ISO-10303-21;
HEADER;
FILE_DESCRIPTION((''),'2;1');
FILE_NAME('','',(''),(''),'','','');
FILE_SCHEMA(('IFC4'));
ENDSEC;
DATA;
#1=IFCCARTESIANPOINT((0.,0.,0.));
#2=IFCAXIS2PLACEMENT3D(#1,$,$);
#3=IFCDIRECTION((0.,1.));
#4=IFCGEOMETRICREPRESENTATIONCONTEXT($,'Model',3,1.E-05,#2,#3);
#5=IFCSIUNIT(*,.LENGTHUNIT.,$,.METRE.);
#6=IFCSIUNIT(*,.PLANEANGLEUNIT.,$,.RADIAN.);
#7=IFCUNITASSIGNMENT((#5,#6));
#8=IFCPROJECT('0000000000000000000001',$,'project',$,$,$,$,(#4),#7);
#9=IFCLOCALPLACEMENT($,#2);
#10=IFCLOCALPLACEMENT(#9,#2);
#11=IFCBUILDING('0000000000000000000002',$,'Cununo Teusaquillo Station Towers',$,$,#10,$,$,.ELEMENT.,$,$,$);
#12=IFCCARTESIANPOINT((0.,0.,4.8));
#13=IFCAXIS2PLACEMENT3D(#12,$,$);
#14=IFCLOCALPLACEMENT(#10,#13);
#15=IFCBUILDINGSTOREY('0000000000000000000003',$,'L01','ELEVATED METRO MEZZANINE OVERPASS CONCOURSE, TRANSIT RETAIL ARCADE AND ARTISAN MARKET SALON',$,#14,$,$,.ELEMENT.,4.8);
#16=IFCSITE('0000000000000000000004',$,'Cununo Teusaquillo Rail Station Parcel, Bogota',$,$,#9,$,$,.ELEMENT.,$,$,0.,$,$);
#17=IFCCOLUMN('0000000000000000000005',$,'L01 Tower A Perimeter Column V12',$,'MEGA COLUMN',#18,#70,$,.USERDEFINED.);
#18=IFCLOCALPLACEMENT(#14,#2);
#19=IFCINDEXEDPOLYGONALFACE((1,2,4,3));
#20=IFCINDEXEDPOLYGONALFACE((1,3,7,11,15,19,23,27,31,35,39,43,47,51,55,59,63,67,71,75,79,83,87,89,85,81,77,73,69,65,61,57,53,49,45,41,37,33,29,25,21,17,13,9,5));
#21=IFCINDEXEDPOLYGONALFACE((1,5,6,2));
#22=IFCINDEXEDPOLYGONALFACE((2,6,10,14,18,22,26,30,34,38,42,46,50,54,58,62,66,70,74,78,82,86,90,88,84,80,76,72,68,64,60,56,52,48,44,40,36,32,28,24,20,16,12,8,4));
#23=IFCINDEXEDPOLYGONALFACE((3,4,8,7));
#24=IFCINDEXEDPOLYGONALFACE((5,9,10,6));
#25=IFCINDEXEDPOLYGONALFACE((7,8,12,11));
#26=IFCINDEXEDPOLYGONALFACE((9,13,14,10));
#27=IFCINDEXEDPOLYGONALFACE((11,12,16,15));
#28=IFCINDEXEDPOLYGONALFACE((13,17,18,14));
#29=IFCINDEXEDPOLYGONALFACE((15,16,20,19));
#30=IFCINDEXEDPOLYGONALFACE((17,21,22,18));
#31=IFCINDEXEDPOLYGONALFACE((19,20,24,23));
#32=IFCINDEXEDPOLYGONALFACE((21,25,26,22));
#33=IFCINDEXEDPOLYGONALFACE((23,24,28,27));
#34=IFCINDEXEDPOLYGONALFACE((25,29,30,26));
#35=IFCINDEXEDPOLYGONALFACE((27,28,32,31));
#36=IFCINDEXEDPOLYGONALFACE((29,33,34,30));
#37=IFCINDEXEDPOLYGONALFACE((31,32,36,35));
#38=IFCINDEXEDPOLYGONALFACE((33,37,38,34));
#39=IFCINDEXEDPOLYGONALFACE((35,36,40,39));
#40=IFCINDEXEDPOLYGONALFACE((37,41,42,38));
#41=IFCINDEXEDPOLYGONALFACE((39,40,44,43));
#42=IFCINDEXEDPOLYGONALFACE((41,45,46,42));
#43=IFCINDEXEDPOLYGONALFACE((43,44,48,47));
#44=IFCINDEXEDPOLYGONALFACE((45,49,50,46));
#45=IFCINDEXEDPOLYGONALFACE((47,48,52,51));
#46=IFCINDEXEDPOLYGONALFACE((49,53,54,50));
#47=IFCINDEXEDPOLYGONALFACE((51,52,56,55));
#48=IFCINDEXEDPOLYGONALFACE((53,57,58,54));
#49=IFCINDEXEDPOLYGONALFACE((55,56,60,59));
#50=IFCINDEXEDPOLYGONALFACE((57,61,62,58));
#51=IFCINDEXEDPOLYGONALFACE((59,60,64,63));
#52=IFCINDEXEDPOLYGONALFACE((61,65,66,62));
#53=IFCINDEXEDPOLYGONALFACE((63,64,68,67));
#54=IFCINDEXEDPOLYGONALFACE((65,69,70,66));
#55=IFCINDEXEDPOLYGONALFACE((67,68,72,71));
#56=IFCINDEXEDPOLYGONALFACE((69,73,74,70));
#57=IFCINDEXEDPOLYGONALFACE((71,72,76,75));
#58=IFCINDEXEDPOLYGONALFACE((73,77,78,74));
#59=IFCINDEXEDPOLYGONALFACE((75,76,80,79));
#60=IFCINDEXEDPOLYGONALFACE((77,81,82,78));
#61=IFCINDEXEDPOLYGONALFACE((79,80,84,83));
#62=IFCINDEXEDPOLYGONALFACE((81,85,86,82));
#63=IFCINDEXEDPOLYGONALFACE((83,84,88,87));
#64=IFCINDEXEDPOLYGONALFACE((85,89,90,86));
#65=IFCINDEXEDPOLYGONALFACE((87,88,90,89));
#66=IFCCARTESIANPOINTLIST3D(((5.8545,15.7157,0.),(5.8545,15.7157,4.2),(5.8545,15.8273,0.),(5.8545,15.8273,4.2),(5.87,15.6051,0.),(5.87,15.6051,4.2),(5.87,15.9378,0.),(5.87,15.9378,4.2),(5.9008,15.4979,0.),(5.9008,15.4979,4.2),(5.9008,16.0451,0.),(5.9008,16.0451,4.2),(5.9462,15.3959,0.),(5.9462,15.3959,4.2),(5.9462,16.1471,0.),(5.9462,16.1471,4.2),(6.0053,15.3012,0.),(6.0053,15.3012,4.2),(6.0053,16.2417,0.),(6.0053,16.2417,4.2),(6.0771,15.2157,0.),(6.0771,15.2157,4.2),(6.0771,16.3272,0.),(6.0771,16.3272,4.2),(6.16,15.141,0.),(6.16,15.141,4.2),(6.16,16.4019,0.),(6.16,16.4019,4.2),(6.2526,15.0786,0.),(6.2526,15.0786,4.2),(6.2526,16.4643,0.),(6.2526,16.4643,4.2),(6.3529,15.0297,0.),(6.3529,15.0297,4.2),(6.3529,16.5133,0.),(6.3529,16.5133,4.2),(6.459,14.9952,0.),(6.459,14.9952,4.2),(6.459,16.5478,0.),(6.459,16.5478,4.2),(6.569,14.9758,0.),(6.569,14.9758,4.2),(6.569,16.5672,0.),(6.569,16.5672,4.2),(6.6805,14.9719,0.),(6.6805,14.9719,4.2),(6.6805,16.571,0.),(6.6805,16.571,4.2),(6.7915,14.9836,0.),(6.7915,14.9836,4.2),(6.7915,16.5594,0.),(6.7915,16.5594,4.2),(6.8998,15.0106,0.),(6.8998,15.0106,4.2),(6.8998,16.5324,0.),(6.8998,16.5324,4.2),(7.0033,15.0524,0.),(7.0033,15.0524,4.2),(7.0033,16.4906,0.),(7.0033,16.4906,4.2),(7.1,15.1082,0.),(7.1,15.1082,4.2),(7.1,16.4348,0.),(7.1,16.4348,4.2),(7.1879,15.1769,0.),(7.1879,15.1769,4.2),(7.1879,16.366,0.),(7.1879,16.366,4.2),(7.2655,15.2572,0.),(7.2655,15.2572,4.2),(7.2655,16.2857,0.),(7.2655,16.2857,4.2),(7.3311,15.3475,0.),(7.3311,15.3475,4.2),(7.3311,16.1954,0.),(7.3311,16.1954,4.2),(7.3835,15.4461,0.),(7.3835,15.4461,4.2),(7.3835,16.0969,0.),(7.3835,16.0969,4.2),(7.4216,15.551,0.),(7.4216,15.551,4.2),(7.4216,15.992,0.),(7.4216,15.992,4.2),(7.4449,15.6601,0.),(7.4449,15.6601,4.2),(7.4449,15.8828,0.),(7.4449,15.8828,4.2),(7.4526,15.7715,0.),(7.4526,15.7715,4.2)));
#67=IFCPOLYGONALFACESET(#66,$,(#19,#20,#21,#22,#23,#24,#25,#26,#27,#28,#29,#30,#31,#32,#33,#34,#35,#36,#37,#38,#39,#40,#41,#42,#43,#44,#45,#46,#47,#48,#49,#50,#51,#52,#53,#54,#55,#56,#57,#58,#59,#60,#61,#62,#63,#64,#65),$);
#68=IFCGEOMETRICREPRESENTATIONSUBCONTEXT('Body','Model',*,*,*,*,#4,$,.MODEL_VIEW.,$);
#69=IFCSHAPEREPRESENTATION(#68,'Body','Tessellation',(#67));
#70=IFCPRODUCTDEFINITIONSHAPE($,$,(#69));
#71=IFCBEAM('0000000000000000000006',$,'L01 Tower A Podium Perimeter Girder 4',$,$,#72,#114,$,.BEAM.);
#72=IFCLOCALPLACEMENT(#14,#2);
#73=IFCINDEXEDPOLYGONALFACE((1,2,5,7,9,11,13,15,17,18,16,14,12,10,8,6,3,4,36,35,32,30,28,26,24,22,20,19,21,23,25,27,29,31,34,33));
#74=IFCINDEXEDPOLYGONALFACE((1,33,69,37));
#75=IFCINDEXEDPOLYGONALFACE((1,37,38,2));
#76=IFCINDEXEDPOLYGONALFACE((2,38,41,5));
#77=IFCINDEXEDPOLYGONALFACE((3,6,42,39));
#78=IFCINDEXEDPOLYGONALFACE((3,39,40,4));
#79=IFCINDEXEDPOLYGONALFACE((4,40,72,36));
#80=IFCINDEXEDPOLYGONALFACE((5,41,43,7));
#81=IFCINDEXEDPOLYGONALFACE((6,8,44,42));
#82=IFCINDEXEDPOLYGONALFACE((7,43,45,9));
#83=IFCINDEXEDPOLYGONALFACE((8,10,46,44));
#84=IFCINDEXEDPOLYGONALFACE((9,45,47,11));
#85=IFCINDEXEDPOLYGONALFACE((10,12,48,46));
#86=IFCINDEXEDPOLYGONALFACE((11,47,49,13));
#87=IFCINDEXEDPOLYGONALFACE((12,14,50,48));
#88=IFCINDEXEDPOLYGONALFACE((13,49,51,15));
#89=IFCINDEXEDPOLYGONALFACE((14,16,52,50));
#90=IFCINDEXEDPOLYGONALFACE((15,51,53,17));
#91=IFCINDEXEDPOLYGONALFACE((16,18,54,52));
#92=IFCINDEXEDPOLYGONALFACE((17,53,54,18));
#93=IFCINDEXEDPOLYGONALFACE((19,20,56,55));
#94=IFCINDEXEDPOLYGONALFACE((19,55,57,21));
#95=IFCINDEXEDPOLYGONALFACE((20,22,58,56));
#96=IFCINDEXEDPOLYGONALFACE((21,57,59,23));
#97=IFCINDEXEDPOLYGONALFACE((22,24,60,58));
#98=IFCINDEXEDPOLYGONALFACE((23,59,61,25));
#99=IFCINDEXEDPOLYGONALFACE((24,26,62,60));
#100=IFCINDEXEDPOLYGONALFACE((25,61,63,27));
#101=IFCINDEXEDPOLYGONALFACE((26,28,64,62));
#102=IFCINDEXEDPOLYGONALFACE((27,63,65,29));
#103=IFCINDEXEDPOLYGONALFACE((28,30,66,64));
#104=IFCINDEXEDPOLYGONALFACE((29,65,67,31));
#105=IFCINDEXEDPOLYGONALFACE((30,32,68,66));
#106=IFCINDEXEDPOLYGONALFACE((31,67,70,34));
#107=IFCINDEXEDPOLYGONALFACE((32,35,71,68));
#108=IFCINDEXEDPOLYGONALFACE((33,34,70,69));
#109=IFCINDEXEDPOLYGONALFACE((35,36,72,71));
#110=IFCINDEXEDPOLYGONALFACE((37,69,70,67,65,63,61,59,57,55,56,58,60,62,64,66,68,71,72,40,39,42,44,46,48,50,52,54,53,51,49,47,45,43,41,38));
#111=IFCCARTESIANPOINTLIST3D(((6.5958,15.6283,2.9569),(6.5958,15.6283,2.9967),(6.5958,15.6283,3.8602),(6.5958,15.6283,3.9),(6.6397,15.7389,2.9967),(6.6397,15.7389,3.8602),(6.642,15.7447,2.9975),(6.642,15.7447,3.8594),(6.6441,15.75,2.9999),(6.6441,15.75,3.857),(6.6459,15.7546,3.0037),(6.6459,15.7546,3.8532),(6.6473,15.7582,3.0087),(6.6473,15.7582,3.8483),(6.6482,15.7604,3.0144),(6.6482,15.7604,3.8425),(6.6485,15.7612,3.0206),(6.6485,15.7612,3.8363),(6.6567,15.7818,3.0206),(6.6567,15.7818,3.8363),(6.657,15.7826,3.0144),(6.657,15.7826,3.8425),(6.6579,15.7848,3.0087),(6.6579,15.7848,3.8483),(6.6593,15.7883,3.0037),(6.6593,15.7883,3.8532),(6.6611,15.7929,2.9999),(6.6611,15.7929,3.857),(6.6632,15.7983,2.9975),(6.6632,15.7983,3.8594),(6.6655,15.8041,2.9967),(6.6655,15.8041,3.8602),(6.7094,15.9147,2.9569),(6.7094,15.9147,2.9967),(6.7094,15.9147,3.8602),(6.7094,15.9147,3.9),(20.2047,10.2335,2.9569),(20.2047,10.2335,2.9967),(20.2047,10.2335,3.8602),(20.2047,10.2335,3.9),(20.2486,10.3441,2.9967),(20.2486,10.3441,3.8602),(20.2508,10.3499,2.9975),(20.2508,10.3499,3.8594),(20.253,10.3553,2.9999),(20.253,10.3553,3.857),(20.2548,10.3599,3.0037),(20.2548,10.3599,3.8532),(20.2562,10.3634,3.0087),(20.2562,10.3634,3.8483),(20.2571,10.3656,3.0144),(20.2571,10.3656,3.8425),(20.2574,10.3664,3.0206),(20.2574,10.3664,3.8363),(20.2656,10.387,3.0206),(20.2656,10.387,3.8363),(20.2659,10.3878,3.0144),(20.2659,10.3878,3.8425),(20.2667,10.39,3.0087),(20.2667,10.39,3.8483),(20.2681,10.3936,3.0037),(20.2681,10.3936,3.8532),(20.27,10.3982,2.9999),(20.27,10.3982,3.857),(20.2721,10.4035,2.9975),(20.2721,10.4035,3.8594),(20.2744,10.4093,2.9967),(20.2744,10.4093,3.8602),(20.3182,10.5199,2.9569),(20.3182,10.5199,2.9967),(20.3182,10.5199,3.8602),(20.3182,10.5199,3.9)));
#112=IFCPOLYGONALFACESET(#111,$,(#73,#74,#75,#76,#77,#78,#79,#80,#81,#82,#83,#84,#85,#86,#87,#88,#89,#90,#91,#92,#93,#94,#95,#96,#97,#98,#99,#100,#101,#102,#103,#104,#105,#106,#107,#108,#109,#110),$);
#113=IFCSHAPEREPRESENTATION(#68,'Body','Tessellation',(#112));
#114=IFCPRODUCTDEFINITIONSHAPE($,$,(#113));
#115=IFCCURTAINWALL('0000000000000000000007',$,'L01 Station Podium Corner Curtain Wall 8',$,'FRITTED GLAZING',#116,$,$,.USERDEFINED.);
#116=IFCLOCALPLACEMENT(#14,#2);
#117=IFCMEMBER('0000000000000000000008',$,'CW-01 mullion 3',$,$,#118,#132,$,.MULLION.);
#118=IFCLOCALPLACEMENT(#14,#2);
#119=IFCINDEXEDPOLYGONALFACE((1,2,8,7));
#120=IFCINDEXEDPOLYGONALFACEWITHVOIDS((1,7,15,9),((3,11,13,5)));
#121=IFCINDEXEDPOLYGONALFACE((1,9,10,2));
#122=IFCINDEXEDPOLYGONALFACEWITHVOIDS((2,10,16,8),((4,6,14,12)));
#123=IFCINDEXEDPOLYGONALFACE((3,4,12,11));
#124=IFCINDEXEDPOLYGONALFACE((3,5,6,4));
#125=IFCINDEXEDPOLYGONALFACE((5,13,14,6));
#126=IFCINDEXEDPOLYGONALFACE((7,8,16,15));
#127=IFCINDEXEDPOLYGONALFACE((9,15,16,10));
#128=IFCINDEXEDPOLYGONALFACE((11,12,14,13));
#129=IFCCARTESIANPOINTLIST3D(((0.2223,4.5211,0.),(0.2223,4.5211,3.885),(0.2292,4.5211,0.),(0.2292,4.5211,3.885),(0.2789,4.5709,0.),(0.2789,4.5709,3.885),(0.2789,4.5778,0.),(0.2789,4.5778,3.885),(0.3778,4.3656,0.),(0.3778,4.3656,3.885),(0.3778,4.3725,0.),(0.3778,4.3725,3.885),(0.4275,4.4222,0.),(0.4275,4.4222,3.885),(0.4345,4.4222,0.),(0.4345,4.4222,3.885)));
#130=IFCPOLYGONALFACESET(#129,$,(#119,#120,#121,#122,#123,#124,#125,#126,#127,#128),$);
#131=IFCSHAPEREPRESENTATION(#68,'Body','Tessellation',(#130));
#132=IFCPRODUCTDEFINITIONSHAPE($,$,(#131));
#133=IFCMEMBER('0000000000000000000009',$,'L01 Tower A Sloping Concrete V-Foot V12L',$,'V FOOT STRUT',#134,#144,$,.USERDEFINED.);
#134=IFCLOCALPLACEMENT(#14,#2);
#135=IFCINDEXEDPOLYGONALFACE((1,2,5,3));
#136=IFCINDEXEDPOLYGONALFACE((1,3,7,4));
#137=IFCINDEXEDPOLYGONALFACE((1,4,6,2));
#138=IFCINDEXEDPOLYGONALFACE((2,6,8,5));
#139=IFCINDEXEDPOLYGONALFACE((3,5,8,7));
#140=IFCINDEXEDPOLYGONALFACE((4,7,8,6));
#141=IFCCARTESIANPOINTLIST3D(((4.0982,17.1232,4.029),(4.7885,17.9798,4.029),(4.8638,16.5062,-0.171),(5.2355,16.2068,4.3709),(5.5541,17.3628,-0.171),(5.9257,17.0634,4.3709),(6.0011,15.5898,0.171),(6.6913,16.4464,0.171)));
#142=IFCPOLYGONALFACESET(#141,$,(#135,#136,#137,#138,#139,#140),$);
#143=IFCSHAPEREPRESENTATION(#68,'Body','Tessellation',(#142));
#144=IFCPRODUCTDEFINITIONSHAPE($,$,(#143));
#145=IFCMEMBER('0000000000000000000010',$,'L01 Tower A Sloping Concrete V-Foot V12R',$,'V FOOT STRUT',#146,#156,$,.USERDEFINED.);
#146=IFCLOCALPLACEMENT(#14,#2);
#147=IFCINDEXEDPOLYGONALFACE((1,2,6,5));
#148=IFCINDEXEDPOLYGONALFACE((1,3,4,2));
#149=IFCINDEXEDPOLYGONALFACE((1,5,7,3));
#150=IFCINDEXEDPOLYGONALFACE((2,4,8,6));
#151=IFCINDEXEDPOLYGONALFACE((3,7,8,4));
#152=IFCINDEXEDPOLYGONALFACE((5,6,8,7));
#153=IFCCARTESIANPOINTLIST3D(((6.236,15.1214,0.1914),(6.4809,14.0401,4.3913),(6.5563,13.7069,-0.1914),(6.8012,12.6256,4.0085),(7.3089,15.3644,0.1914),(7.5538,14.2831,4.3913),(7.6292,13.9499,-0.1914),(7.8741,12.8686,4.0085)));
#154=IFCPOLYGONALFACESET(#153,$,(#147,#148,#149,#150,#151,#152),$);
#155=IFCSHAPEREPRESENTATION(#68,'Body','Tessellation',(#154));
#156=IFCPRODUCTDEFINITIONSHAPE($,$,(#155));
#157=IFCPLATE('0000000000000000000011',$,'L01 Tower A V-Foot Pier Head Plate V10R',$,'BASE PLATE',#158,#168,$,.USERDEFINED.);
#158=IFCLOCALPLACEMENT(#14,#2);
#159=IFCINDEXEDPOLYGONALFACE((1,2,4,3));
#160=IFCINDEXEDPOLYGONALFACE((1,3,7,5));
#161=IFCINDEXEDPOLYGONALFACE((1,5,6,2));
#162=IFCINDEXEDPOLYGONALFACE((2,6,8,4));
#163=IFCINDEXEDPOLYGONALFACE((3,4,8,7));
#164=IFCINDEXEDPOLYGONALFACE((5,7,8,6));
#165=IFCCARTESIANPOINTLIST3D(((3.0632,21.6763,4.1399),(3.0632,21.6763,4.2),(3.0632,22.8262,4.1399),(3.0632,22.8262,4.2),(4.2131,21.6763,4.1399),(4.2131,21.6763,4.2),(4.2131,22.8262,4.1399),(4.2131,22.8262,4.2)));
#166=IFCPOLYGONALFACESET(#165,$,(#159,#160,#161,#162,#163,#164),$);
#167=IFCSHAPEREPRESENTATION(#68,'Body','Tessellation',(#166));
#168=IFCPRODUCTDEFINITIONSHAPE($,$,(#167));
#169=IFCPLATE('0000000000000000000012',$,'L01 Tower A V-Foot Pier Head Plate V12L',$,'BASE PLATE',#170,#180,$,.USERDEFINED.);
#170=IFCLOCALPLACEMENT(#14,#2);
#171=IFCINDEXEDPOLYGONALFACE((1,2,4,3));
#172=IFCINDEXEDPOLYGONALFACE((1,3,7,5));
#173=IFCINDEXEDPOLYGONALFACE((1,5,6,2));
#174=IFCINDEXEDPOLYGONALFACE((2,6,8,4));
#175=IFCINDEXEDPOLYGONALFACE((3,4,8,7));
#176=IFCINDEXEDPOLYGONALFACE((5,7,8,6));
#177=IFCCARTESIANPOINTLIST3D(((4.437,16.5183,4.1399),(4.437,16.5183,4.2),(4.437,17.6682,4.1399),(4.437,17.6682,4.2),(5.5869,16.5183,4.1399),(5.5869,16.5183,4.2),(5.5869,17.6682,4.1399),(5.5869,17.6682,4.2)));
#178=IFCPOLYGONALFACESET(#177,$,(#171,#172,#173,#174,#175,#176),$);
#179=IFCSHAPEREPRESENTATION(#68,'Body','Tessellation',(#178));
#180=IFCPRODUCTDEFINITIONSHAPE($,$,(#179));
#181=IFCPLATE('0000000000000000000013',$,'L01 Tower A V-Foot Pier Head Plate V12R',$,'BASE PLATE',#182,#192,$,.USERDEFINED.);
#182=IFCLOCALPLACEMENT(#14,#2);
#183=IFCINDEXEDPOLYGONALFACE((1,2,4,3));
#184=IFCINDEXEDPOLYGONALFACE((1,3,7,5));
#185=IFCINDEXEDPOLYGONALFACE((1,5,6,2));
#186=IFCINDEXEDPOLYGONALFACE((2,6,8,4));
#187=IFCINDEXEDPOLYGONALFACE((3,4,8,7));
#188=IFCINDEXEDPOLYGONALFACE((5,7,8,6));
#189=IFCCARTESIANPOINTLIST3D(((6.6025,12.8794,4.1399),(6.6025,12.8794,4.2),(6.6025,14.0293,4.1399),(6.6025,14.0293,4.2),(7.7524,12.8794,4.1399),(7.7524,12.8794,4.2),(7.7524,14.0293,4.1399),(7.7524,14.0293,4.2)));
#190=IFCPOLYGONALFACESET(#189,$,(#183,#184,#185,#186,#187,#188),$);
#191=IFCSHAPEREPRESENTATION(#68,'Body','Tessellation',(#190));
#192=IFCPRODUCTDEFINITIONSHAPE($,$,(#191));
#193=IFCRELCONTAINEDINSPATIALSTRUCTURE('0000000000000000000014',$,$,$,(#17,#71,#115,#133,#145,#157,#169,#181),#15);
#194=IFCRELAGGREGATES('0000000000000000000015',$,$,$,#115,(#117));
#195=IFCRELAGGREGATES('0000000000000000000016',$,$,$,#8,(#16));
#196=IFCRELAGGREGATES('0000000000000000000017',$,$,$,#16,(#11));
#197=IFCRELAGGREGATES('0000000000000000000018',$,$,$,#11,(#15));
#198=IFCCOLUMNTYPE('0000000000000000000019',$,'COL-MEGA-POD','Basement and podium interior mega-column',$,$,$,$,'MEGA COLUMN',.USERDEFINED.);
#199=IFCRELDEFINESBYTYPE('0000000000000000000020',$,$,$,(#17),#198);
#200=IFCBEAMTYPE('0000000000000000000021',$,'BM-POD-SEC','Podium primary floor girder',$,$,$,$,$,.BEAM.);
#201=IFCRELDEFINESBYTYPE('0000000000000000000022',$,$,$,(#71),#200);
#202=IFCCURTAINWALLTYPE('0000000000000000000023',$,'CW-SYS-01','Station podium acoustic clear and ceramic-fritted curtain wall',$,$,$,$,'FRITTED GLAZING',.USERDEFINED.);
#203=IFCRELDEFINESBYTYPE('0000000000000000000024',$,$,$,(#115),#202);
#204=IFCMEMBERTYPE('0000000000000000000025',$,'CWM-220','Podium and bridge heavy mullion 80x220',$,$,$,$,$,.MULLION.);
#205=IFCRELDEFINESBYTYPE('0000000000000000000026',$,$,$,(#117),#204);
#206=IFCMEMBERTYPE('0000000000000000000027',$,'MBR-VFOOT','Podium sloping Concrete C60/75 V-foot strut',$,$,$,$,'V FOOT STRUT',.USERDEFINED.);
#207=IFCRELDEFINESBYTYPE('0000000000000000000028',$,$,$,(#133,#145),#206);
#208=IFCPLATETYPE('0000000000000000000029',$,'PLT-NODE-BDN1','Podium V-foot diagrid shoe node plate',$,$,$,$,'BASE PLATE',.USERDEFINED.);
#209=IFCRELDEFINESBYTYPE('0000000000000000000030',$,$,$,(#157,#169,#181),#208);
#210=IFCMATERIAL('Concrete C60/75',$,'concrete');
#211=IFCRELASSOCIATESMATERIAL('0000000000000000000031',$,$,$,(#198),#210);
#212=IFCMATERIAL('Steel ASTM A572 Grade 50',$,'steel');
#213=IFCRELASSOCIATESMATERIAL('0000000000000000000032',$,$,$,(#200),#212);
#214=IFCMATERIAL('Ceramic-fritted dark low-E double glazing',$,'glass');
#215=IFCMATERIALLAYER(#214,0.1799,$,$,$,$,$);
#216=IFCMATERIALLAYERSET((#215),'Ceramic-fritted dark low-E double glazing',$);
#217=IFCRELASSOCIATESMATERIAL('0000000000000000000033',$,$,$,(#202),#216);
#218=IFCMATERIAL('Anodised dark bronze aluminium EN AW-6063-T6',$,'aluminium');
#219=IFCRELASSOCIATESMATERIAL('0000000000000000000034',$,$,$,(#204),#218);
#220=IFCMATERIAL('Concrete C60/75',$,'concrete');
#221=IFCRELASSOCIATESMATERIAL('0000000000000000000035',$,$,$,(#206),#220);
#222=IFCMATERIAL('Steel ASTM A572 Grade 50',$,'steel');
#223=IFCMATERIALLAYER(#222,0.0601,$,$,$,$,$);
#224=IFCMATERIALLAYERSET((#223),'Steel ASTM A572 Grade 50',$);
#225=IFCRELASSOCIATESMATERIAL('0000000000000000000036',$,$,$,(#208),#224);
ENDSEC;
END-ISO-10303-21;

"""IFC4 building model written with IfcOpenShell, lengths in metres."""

from ifc_helpers import new_model, si_unit, direction, frame, origin, origin_2d, place, context, subcontext, project, spatial, rectangle, hollow_rectangle, circle, i_section, extrude, source, transform, mapped, material, layer, layer_set, material_profile, profile_set, type_object, element, aggregate, save


model = new_model("IFC4")

# Units and contexts
model_context = context("Model", 3, precision=1e-05, world=origin(), true_north=direction((0.0, 1.0)))
body_context = subcontext(model_context, "Body", "Model", "MODEL_VIEW")
ifc_project = project(units=[si_unit("LENGTHUNIT", "METRE"), si_unit("PLANEANGLEUNIT", "RADIAN")], contexts=[model_context])

# Site, building, storey
site_placement = place(None, origin())
site = spatial("IfcSite", under=ifc_project, at=site_placement, Name="Cununo Teusaquillo Rail Station Parcel, Bogota", CompositionType="ELEMENT", RefElevation=0.0)
building_placement = place(site_placement, origin())
building = spatial("IfcBuilding", under=site, at=building_placement, Name="Cununo Teusaquillo Station Towers", CompositionType="ELEMENT")
storey_placement = place(building_placement, frame((0.0, 0.0, 4.8)))
storey = spatial("IfcBuildingStorey", under=building, at=storey_placement, Name="L01", Description="ELEVATED METRO MEZZANINE OVERPASS CONCOURSE, TRANSIT RETAIL ARCADE AND ARTISAN MARKET SALON", CompositionType="ELEMENT", Elevation=4.8)

# Column
ifc_material_1 = material(Name="Concrete C60/75", Category="concrete")
ifc_material_profile_1 = material_profile(ifc_material_1, circle(Radius=0.8, at=origin_2d()), Name="RC-CIRC-1600")
ifc_profile_set_1 = profile_set([ifc_material_profile_1], Name="Concrete C60/75")
column_type = type_object("IfcColumnType", Name="COL-MEGA-POD", Description="Basement and podium interior mega-column", ElementType="MEGA COLUMN", PredefinedType="USERDEFINED", material=ifc_profile_set_1)
column_placement = place(storey_placement, frame((6.6526, 15.7715, 0.0), z_axis=(0.0, 0.0, 1.0), x_axis=(1.0, 0.0, 0.0)))
element("IfcColumn", 1, at=column_placement, inside=storey, type_object=column_type, Name="L01 Tower A Perimeter Column V12", ObjectType="MEGA COLUMN", PredefinedType="USERDEFINED", context=body_context, shape_type="SweptSolid", body=[
    extrude(circle(Radius=0.8, at=origin_2d()), origin(), (0.0, 0.0, 1.0), 4.2),
])

# Beam
ifc_material_2 = material(Name="Steel ASTM A572 Grade 50", Category="steel")
ifc_material_profile_2 = material_profile(ifc_material_2, i_section(OverallWidth=0.3081, OverallDepth=0.9431, WebThickness=0.0222, FlangeThickness=0.0398, FilletRadius=0.0239, at=origin_2d()), Name="W36X232")
ifc_profile_set_2 = profile_set([ifc_material_profile_2], Name="Steel ASTM A572 Grade 50")
beam_type = type_object("IfcBeamType", Name="BM-POD-SEC", Description="Podium primary floor girder", PredefinedType="BEAM", material=ifc_profile_set_2)
beam_placement = place(storey_placement, frame((6.6526, 15.7715, 3.4285), z_axis=(0.929621, -0.368516, 0.0), x_axis=(0.368516, 0.929621, 0.0)))
element("IfcBeam", 2, at=beam_placement, inside=storey, type_object=beam_type, Name="L01 Tower A Podium Perimeter Girder 4", PredefinedType="BEAM", context=body_context, shape_type="SweptSolid", body=[
    extrude(i_section(OverallWidth=0.3081, OverallDepth=0.9431, WebThickness=0.0222, FlangeThickness=0.0398, FilletRadius=0.0239, at=origin_2d()), origin(), (0.0, 0.0, 1.0), 14.6392),
])

# Curtain wall, member
ifc_material_3 = material(Name="Ceramic-fritted dark low-E double glazing", Category="glass")
ifc_layer_1 = layer(ifc_material_3, 0.1799)
ifc_layer_set_1 = layer_set([ifc_layer_1], Name="Ceramic-fritted dark low-E double glazing")
curtain_wall_type = type_object("IfcCurtainWallType", Name="CW-SYS-01", Description="Station podium acoustic clear and ceramic-fritted curtain wall", ElementType="FRITTED GLAZING", PredefinedType="USERDEFINED", material=ifc_layer_set_1)
curtain_wall_placement = place(storey_placement, origin())
curtain_wall = element("IfcCurtainWall", 3, at=curtain_wall_placement, inside=storey, type_object=curtain_wall_type, Name="L01 Station Podium Corner Curtain Wall 8", ObjectType="FRITTED GLAZING", PredefinedType="USERDEFINED")
ifc_material_4 = material(Name="Anodised dark bronze aluminium EN AW-6063-T6", Category="aluminium")
ifc_material_profile_3 = material_profile(ifc_material_4, hollow_rectangle(XDim=0.0801, YDim=0.22, WallThickness=0.0049, at=origin_2d()), Name="CW-MULL-80x220")
ifc_profile_set_3 = profile_set([ifc_material_profile_3], Name="Anodised dark bronze aluminium EN AW-6063-T6")
member_type_1 = type_object("IfcMemberType", Name="CWM-220", Description="Podium and bridge heavy mullion 80x220", PredefinedType="MULLION", material=ifc_profile_set_3)
member_1_placement = place(storey_placement, frame((0.3284, 4.4717, 0.0), z_axis=(0.0, 0.0, 1.0), x_axis=(-0.707107, -0.707107, 0.0)))
member_1 = element("IfcMember", 4, at=member_1_placement, type_object=member_type_1, Name="CW-01 mullion 3", PredefinedType="MULLION", context=body_context, shape_type="SweptSolid", body=[
    extrude(hollow_rectangle(XDim=0.0801, YDim=0.22, WallThickness=0.0049, at=origin_2d()), origin(), (0.0, 0.0, 1.0), 3.885),
])

# Members
ifc_material_5 = material(Name="Concrete C60/75", Category="concrete")
ifc_material_profile_4 = material_profile(ifc_material_5, rectangle(XDim=1.1001, YDim=1.5, at=origin_2d()), Name="RC-RECT-1500x1100")
ifc_profile_set_4 = profile_set([ifc_material_profile_4], Name="Concrete C60/75")
member_type_2 = type_object("IfcMemberType", Name="MBR-VFOOT", Description="Podium sloping Concrete C60/75 V-foot strut", ElementType="V FOOT STRUT", PredefinedType="USERDEFINED", material=ifc_profile_set_4)
member_2_placement = place(storey_placement, frame((5.7776, 16.4763, 0.0), z_axis=(-0.177495, 0.143026, 0.973673), x_axis=(-0.627447, -0.77866, 0.0)))
element("IfcMember", 5, at=member_2_placement, inside=storey, type_object=member_type_2, Name="L01 Tower A Sloping Concrete V-Foot V12L", ObjectType="V FOOT STRUT", PredefinedType="USERDEFINED", context=body_context, shape_type="SweptSolid", body=[
    extrude(rectangle(XDim=1.1001, YDim=1.5, at=origin_2d()), origin(), (0.0, 0.0, 1.0), 4.3135),
])
member_3_placement = place(storey_placement, frame((6.9326, 14.5356, 0.0), z_axis=(0.056373, -0.248928, 0.96688), x_axis=(0.975303, 0.220869, 0.0)))
element("IfcMember", 6, at=member_3_placement, inside=storey, type_object=member_type_2, Name="L01 Tower A Sloping Concrete V-Foot V12R", ObjectType="V FOOT STRUT", PredefinedType="USERDEFINED", context=body_context, shape_type="SweptSolid", body=[
    extrude(rectangle(XDim=1.1001, YDim=1.5, at=origin_2d()), origin(), (0.0, 0.0, 1.0), 4.3438),
])

# Plates
ifc_material_6 = material(Name="Steel ASTM A572 Grade 50", Category="steel")
ifc_layer_2 = layer(ifc_material_6, 0.0601)
ifc_layer_set_2 = layer_set([ifc_layer_2], Name="Steel ASTM A572 Grade 50")
plate_type_1 = type_object("IfcPlateType", Name="PLT-NODE-BDN1", Description="Podium V-foot diagrid shoe node plate", ElementType="BASE PLATE", PredefinedType="USERDEFINED", material=ifc_layer_set_2)
shared_shape_1 = source(origin(), body_context, "Body", "SweptSolid", [
    extrude(rectangle(XDim=1.1499, YDim=1.1499, at=origin_2d()), origin(), (0.0, 0.0, 1.0), 0.0601),
])
for number, where, z_axis, x_axis, name in (
    (7, (3.6382, 22.2512, 4.1399), (0.0, 0.0, 1.0), (1.0, 0.0, 0.0), "L01 Tower A V-Foot Pier Head Plate V10R"),
    (8, (5.012, 17.0933, 4.1399), (0.0, 0.0, 1.0), (1.0, 0.0, 0.0), "L01 Tower A V-Foot Pier Head Plate V12L"),
    (9, (7.1775, 13.4543, 4.1399), (0.0, 0.0, 1.0), (1.0, 0.0, 0.0), "L01 Tower A V-Foot Pier Head Plate V12R"),
):
    element("IfcPlate", number, at=place(storey_placement, frame(where, z_axis=z_axis, x_axis=x_axis)), inside=storey, type_object=plate_type_1, Name=name, ObjectType="BASE PLATE", PredefinedType="USERDEFINED", context=body_context, shape_type="MappedRepresentation", body=[
        mapped(shared_shape_1, transform((0.0, 0.0, 0.0), x_axis=(1.0, 0.0, 0.0), y_axis=(0.0, 1.0, 0.0), z_axis=(0.0, 0.0, 1.0), scale=1.0)),
    ])

aggregate(curtain_wall, [member_1])

save(model, "model.ifc")
